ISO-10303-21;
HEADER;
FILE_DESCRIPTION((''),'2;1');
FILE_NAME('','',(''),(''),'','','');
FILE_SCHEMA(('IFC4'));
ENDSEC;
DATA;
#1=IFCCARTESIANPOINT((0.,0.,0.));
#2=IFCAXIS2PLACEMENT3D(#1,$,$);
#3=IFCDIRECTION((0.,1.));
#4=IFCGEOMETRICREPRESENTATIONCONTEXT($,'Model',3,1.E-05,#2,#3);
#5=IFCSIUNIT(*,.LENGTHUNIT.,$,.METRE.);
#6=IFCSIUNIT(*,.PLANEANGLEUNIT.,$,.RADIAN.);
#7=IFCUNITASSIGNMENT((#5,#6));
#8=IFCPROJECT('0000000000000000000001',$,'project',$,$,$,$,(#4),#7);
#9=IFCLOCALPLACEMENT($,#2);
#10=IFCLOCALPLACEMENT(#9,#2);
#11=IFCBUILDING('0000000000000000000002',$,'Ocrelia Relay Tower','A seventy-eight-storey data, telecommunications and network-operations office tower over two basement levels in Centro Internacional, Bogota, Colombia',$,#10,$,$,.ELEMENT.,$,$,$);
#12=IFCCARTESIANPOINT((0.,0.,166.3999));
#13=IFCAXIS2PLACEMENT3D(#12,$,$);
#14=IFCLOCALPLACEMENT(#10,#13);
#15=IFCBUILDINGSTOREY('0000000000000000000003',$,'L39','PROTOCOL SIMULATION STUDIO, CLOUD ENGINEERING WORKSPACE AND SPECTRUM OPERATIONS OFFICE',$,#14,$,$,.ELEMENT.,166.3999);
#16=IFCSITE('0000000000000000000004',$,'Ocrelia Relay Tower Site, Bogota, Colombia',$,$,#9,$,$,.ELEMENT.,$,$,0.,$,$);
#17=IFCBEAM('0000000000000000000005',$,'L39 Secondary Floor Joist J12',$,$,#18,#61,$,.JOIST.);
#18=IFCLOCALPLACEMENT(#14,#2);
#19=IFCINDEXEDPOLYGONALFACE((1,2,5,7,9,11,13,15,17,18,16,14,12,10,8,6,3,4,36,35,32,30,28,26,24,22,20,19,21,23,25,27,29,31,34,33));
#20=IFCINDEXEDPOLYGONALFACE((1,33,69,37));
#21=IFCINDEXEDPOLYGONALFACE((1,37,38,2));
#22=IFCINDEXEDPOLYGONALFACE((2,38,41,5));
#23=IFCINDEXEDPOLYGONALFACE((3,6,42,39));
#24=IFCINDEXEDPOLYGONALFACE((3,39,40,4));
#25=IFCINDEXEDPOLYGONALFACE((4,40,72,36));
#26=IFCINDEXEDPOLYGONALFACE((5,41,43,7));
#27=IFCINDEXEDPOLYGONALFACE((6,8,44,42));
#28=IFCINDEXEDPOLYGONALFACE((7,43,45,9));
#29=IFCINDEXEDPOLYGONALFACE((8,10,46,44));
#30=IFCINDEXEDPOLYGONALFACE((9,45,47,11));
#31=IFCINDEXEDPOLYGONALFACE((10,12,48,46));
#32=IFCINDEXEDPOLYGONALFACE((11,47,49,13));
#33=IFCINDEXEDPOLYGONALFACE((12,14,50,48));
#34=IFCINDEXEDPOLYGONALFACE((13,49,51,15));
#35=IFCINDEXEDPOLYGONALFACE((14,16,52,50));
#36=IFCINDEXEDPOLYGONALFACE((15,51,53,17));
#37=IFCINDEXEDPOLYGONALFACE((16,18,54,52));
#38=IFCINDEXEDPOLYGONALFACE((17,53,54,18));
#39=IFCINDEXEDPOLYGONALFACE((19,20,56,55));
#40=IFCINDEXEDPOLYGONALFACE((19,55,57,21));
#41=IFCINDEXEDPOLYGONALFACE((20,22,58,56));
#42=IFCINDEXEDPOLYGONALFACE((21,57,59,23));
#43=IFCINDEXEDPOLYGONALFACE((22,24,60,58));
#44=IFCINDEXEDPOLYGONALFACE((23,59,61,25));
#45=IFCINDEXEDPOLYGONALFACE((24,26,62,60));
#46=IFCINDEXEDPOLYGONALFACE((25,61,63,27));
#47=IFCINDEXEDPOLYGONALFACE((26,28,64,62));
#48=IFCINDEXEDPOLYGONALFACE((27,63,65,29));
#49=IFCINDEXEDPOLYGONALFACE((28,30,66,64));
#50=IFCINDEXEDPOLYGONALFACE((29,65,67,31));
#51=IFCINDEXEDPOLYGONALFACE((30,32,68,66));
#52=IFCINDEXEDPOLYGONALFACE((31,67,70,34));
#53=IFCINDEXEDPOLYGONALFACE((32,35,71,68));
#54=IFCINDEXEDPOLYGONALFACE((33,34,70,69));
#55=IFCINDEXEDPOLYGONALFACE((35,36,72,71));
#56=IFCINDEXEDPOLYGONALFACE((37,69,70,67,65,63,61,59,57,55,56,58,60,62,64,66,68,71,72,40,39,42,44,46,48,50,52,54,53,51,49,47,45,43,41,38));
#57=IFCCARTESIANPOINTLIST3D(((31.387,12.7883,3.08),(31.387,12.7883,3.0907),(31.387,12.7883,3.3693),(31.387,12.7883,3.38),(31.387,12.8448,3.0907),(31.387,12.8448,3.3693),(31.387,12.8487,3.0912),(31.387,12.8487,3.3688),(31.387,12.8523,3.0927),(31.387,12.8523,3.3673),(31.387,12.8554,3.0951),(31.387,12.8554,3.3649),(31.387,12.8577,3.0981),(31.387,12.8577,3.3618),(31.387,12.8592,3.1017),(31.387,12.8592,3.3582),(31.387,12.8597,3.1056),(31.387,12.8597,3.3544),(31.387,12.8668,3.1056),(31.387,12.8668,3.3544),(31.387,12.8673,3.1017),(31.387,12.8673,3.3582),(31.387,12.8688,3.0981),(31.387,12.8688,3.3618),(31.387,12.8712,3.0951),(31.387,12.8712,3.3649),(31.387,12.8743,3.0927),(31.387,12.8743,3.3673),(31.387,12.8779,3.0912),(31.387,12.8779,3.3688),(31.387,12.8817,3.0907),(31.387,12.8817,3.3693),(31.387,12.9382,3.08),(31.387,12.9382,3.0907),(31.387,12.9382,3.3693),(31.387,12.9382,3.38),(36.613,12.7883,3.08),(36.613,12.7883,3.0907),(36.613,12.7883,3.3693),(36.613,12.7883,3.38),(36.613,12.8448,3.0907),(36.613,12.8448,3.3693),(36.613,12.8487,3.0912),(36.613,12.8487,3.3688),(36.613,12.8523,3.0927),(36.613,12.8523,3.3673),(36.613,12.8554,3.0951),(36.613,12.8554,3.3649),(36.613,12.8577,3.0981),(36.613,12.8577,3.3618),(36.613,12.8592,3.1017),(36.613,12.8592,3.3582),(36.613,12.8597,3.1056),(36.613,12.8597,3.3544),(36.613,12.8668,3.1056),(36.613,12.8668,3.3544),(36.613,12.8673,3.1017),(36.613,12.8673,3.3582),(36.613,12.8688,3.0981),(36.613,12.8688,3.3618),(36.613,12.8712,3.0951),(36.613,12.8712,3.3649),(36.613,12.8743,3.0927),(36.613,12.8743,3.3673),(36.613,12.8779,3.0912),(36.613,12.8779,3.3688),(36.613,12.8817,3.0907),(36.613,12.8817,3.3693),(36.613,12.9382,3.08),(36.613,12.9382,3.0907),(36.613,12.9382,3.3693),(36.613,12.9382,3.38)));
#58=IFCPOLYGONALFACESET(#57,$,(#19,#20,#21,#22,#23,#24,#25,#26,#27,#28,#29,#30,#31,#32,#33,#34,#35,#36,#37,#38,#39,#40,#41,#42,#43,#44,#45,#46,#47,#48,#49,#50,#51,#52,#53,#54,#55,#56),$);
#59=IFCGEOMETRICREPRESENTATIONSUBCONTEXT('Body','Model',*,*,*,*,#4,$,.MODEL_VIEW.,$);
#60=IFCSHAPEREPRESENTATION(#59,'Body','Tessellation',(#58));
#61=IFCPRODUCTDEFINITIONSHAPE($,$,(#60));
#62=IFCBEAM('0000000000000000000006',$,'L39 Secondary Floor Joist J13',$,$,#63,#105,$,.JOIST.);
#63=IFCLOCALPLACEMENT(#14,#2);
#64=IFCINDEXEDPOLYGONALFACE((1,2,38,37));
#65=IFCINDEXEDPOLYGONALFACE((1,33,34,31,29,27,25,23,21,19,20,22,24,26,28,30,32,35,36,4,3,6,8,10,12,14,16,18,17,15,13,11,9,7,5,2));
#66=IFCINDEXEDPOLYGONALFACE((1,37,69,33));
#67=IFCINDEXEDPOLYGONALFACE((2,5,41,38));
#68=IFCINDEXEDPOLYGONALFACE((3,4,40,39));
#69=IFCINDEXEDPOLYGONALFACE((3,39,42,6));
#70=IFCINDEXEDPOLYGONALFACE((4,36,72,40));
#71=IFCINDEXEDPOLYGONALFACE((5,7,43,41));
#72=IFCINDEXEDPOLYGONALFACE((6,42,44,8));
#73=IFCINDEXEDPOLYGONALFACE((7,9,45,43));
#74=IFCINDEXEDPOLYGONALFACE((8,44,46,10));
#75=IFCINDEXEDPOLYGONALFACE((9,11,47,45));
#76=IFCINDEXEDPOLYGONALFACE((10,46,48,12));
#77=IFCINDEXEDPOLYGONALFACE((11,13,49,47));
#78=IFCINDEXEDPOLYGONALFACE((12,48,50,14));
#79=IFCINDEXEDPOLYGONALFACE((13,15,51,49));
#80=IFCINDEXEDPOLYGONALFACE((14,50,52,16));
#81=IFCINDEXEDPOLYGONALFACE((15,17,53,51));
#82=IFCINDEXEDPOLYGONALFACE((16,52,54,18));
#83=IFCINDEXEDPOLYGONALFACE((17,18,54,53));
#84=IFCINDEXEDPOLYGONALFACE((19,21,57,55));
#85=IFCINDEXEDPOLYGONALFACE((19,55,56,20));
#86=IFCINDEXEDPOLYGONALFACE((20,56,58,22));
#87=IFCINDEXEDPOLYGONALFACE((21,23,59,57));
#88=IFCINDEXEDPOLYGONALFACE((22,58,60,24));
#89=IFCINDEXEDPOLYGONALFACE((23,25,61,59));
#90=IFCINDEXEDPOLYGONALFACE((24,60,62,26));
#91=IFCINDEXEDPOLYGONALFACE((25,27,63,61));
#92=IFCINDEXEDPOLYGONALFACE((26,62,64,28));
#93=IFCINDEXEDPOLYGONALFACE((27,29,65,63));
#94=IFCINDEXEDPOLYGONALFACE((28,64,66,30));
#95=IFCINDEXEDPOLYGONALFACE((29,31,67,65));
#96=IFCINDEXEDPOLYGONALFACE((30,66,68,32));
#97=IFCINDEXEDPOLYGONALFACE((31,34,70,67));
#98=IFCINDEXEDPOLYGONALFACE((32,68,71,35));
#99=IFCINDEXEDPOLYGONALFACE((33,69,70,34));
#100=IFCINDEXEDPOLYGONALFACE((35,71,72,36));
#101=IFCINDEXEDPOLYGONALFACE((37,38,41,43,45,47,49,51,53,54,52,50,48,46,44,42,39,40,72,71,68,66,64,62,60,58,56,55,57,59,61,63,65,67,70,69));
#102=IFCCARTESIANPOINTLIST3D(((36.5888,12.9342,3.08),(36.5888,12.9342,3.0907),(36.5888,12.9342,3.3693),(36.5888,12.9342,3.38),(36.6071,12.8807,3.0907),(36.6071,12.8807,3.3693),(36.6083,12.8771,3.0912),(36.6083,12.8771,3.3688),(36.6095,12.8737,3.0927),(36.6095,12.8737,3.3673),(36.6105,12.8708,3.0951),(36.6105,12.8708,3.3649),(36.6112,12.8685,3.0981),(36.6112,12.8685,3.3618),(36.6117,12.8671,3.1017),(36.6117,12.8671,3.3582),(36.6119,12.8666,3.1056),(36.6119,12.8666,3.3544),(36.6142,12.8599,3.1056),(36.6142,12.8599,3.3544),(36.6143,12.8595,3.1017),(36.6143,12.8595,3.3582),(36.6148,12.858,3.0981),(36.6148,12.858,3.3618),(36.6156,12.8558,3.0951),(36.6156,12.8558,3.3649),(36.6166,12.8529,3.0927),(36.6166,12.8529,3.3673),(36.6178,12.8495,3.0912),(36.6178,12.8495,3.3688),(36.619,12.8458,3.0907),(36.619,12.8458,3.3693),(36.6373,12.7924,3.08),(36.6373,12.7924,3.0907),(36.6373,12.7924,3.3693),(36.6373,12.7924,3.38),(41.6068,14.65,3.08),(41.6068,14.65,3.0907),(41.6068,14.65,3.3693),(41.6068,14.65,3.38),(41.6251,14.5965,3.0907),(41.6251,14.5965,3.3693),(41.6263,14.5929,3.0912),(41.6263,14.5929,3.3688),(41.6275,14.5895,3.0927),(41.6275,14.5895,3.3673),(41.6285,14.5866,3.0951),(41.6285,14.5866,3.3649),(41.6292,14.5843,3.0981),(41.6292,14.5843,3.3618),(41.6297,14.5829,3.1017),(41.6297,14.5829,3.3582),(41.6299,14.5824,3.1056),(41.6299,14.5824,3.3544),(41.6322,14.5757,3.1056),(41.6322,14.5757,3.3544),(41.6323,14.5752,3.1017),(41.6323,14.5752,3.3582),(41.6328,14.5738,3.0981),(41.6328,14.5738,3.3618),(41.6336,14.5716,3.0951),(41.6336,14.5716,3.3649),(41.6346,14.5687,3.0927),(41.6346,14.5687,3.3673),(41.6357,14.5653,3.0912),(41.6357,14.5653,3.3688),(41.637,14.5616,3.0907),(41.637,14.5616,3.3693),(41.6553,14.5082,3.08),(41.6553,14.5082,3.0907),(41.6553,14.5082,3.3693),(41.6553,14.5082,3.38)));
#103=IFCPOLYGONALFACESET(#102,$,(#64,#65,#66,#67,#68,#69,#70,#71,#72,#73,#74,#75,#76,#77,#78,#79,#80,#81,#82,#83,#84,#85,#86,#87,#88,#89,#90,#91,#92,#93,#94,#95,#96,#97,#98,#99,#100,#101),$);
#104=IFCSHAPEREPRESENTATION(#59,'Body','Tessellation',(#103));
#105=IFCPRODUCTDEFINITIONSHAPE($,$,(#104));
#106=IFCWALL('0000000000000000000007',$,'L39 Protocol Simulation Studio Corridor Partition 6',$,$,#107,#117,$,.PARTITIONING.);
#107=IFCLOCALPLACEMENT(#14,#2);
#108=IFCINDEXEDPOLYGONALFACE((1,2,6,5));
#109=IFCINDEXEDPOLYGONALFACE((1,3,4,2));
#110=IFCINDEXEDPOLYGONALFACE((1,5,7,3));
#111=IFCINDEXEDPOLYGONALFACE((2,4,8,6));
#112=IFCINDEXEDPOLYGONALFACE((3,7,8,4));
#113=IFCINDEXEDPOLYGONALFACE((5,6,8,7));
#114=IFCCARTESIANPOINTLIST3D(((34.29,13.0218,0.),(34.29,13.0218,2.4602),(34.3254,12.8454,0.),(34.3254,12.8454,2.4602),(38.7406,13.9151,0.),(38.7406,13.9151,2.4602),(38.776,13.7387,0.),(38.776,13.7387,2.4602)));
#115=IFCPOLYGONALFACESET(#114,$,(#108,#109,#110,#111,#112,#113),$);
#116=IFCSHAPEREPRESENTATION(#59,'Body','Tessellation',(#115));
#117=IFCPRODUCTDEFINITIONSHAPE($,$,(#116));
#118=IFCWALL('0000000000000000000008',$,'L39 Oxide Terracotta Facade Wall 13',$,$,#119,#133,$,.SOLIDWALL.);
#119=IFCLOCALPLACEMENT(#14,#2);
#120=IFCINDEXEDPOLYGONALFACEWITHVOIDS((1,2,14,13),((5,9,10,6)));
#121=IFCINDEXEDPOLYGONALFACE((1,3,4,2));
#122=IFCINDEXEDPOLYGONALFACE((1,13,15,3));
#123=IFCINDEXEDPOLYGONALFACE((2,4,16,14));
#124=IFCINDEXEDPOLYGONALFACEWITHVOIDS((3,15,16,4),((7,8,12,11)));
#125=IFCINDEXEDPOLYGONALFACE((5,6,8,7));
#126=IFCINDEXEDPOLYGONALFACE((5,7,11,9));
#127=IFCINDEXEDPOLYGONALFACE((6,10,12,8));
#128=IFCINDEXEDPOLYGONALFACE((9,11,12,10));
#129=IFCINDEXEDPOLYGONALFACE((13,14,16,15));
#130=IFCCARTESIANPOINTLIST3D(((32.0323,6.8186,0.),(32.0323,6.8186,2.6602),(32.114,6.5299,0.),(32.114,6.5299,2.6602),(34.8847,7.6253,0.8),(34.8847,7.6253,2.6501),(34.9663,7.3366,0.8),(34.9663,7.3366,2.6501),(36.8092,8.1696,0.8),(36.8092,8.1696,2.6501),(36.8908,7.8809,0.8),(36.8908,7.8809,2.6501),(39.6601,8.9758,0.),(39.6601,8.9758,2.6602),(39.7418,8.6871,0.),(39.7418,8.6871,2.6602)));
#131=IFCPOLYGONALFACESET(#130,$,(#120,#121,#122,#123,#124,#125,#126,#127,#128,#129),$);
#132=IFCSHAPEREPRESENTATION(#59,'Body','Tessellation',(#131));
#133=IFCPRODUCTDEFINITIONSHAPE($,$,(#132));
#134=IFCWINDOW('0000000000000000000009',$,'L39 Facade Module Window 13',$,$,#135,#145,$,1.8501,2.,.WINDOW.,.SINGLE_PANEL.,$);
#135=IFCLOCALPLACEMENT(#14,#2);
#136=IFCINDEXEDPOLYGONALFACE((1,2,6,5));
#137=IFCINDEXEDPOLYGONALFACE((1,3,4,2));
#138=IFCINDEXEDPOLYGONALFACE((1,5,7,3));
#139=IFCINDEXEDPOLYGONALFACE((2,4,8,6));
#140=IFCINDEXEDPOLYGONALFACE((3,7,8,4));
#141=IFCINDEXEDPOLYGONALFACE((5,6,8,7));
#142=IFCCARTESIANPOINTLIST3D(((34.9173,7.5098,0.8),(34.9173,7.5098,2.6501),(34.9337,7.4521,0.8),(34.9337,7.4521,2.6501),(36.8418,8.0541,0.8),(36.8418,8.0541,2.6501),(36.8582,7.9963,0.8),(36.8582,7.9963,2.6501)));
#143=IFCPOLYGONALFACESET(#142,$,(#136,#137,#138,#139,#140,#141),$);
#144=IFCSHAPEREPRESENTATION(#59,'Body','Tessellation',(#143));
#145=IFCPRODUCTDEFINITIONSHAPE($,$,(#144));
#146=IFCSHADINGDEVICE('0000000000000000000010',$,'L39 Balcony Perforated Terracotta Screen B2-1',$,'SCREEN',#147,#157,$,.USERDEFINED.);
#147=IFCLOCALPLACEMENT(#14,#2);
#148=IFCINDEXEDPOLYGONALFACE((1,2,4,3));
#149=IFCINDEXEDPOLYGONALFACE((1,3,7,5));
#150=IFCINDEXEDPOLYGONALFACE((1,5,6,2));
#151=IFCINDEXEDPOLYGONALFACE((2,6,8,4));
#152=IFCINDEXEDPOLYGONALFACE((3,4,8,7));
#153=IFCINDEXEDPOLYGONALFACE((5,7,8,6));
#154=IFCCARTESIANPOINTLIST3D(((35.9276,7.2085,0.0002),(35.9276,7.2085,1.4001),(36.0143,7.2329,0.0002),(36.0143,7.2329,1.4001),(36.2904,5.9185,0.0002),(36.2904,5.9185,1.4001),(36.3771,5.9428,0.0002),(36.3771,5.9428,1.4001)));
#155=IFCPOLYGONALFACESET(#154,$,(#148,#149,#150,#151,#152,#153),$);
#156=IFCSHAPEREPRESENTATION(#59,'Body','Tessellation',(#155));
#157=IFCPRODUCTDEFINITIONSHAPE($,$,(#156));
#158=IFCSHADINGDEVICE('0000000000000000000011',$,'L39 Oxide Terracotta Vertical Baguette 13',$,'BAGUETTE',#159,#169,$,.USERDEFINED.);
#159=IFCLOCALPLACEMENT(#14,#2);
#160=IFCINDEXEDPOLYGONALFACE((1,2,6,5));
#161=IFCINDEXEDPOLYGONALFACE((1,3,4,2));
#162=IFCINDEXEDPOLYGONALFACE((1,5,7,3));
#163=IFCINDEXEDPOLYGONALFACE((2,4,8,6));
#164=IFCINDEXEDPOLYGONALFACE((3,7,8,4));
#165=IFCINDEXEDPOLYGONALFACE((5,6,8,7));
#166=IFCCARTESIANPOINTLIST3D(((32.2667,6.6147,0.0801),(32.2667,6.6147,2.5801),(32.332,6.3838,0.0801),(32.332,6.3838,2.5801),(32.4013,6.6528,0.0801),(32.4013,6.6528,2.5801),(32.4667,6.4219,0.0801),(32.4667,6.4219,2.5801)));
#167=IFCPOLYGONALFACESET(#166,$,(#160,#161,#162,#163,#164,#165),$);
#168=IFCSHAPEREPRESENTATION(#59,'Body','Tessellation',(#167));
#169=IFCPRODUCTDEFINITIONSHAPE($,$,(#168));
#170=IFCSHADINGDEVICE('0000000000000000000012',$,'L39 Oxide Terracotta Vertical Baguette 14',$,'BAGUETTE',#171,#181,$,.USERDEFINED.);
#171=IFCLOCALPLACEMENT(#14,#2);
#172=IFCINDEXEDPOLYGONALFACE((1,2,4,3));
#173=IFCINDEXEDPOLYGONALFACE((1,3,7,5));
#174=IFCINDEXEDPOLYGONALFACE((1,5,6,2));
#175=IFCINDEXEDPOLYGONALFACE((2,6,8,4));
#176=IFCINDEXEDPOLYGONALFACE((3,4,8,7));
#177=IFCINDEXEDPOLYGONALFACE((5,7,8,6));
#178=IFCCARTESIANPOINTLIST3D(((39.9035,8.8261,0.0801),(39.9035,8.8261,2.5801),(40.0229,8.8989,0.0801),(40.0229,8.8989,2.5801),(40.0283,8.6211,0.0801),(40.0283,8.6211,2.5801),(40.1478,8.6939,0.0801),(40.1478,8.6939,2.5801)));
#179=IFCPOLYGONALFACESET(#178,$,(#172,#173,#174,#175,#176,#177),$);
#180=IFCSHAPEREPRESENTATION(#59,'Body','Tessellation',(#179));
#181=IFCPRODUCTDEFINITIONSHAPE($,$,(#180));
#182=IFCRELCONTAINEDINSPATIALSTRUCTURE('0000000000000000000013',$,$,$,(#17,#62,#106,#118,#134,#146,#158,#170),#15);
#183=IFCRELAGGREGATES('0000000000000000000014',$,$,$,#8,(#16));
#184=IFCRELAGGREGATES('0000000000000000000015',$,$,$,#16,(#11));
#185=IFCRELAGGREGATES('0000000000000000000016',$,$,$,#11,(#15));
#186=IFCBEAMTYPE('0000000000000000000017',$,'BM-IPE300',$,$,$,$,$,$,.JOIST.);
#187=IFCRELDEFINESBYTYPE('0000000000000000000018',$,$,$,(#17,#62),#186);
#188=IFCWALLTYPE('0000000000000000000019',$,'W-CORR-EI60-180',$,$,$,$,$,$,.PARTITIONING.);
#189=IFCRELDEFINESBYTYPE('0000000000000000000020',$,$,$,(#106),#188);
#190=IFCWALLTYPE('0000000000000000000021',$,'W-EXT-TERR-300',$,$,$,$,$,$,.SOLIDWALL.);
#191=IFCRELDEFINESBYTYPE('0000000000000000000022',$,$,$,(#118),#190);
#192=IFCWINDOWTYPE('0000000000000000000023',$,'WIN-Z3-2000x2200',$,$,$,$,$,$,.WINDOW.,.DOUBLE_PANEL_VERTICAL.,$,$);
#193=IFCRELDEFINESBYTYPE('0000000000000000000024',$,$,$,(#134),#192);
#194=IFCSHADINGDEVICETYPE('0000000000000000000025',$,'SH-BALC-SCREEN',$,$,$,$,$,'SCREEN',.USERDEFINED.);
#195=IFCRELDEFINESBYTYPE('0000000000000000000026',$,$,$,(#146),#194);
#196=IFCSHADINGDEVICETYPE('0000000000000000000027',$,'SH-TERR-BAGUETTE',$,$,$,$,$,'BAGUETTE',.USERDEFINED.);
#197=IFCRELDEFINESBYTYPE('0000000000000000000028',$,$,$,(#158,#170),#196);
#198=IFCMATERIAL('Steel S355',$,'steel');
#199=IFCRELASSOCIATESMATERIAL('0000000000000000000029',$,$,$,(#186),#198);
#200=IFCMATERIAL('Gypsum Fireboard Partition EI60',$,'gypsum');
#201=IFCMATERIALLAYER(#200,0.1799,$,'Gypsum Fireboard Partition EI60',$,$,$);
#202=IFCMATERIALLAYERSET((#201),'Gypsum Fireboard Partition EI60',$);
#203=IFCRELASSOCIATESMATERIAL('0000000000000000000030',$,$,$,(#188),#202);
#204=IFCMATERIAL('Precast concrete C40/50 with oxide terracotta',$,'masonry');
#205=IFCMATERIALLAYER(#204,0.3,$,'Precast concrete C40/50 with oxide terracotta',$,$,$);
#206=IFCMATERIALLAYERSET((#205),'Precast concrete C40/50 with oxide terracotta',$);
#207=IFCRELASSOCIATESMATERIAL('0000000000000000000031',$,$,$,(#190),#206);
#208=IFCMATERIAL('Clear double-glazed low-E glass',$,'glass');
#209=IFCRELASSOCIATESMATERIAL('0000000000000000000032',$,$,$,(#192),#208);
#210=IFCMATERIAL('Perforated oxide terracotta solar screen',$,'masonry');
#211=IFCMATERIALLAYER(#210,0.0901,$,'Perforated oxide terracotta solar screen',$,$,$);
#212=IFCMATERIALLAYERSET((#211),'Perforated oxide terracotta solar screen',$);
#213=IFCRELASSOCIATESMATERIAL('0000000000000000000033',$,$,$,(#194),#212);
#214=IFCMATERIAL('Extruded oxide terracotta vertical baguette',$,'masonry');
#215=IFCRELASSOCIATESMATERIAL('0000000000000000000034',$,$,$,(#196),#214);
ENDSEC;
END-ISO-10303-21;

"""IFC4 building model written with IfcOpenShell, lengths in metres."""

from ifc_helpers import new_model, si_unit, direction, frame, frame_2d, origin, origin_2d, place, context, subcontext, project, spatial, rectangle, i_section, extrude, material, layer, layer_set, material_profile, profile_set, type_object, element, fill, save


model = new_model("IFC4")

# Units and contexts
model_context = context("Model", 3, precision=1e-05, world=origin(), true_north=direction((0.0, 1.0)))
body_context = subcontext(model_context, "Body", "Model", "MODEL_VIEW")
ifc_project = project(units=[si_unit("LENGTHUNIT", "METRE"), si_unit("PLANEANGLEUNIT", "RADIAN")], contexts=[model_context])

# Site, building, storey
site_placement = place(None, origin())
site = spatial("IfcSite", under=ifc_project, at=site_placement, Name="Ocrelia Relay Tower Site, Bogota, Colombia", CompositionType="ELEMENT", RefElevation=0.0)
building_placement = place(site_placement, origin())
building = spatial("IfcBuilding", under=site, at=building_placement, Name="Ocrelia Relay Tower", Description="A seventy-eight-storey data, telecommunications and network-operations office tower over two basement levels in Centro Internacional, Bogota, Colombia", CompositionType="ELEMENT")
storey_placement = place(building_placement, frame((0.0, 0.0, 166.3999)))
storey = spatial("IfcBuildingStorey", under=building, at=storey_placement, Name="L39", Description="PROTOCOL SIMULATION STUDIO, CLOUD ENGINEERING WORKSPACE AND SPECTRUM OPERATIONS OFFICE", CompositionType="ELEMENT", Elevation=166.3999)

# Beams
ifc_material_1 = material(Name="Steel S355", Category="steel")
ifc_material_profile_1 = material_profile(ifc_material_1, i_section(OverallWidth=0.1499, OverallDepth=0.3, WebThickness=0.0071, FlangeThickness=0.0107, FilletRadius=0.0149, at=origin_2d()), Name="IPE 300")
ifc_profile_set_1 = profile_set([ifc_material_profile_1], Name="Steel S355")
beam_type_1 = type_object("IfcBeamType", Name="BM-IPE300", PredefinedType="JOIST", material=ifc_profile_set_1)
beam_1_placement = place(storey_placement, frame((31.387, 12.8633, 3.23), z_axis=(1.0, 0.0, 0.0), x_axis=(0.0, 1.0, 0.0)))
element("IfcBeam", 1, at=beam_1_placement, inside=storey, type_object=beam_type_1, Name="L39 Secondary Floor Joist J12", PredefinedType="JOIST", context=body_context, shape_type="SweptSolid", body=[
    extrude(i_section(OverallWidth=0.1499, OverallDepth=0.3, WebThickness=0.0071, FlangeThickness=0.0107, FilletRadius=0.0149, at=origin_2d()), origin(), (0.0, 0.0, 1.0), 5.2261),
])
beam_2_placement = place(storey_placement, frame((36.613, 12.8633, 3.23), z_axis=(0.946215, 0.323538, 0.0), x_axis=(-0.323538, 0.946215, 0.0)))
element("IfcBeam", 2, at=beam_2_placement, inside=storey, type_object=beam_type_1, Name="L39 Secondary Floor Joist J13", PredefinedType="JOIST", context=body_context, shape_type="SweptSolid", body=[
    extrude(i_section(OverallWidth=0.1499, OverallDepth=0.3, WebThickness=0.0071, FlangeThickness=0.0107, FilletRadius=0.0149, at=origin_2d()), origin(), (0.0, 0.0, 1.0), 5.3032),
])

# Wall
ifc_material_2 = material(Name="Gypsum Fireboard Partition EI60", Category="gypsum")
ifc_layer_1 = layer(ifc_material_2, 0.1799, Name="Gypsum Fireboard Partition EI60")
ifc_layer_set_1 = layer_set([ifc_layer_1], Name="Gypsum Fireboard Partition EI60")
wall_type_1 = type_object("IfcWallType", Name="W-CORR-EI60-180", PredefinedType="PARTITIONING", material=ifc_layer_set_1)
wall_1_placement = place(storey_placement, frame((34.3079, 12.9336, 0.0), z_axis=(0.0, 0.0, 1.0), x_axis=(0.980444, 0.196799, 0.0)))
element("IfcWall", 3, at=wall_1_placement, inside=storey, type_object=wall_type_1, Name="L39 Protocol Simulation Studio Corridor Partition 6", PredefinedType="PARTITIONING", context=body_context, shape_type="SweptSolid", body=[
    extrude(rectangle(XDim=4.5393, YDim=0.1799, at=frame_2d((2.2695, 0.0))), origin(), (0.0, 0.0, 1.0), 2.4602),
])

# Wall, opening, window
ifc_material_3 = material(Name="Precast concrete C40/50 with oxide terracotta", Category="masonry")
ifc_layer_2 = layer(ifc_material_3, 0.3, Name="Precast concrete C40/50 with oxide terracotta")
ifc_layer_set_2 = layer_set([ifc_layer_2], Name="Precast concrete C40/50 with oxide terracotta")
wall_type_2 = type_object("IfcWallType", Name="W-EXT-TERR-300", PredefinedType="SOLIDWALL", material=ifc_layer_set_2)
wall_2_placement = place(storey_placement, frame((32.0732, 6.6743, 0.0), z_axis=(0.0, 0.0, 1.0), x_axis=(0.96226, 0.272133, 0.0)))
wall_2 = element("IfcWall", 4, at=wall_2_placement, inside=storey, type_object=wall_type_2, Name="L39 Oxide Terracotta Facade Wall 13", PredefinedType="SOLIDWALL", context=body_context, shape_type="SweptSolid", body=[
    extrude(rectangle(XDim=7.927, YDim=0.3, at=frame_2d((3.9634, 0.0))), origin(), (0.0, 0.0, 1.0), 2.6602),
])
opening_1_placement = place(wall_2_placement, frame((2.9641, 0.0, 0.8)))
opening_1 = element("IfcOpeningElement", 5, at=opening_1_placement, cuts=wall_2, PredefinedType="OPENING", context=body_context, shape_type="SweptSolid", body=[
    extrude(rectangle(XDim=2.0, YDim=1.8501, at=frame_2d((1.0, 0.925))), frame((0.0, 0.1602, 0.0), z_axis=(0.0, -1.0, 0.0), x_axis=(1.0, 0.0, 0.0)), (0.0, 0.0, 1.0), 0.3201),
])
ifc_material_4 = material(Name="Clear double-glazed low-E glass", Category="glass")
window_type = type_object("IfcWindowType", Name="WIN-Z3-2000x2200", PartitioningType="DOUBLE_PANEL_VERTICAL", PredefinedType="WINDOW", material=ifc_material_4)
window_placement = place(opening_1_placement, origin())
window = element("IfcWindow", 6, at=window_placement, inside=storey, type_object=window_type, Name="L39 Facade Module Window 13", OverallHeight=1.8501, OverallWidth=2.0, PartitioningType="SINGLE_PANEL", PredefinedType="WINDOW", context=body_context, shape_type="SweptSolid", body=[
    extrude(rectangle(XDim=2.0, YDim=1.8501, at=frame_2d((1.0, 0.925))), frame((0.0, 0.03, 0.0), z_axis=(0.0, -1.0, 0.0), x_axis=(1.0, 0.0, 0.0)), (0.0, 0.0, 1.0), 0.0601),
])
fill(opening_1, window)

# Shading devices
ifc_material_5 = material(Name="Perforated oxide terracotta solar screen", Category="masonry")
ifc_layer_3 = layer(ifc_material_5, 0.0901, Name="Perforated oxide terracotta solar screen")
ifc_layer_set_3 = layer_set([ifc_layer_3], Name="Perforated oxide terracotta solar screen")
shading_device_type_1 = type_object("IfcShadingDeviceType", Name="SH-BALC-SCREEN", ElementType="SCREEN", PredefinedType="USERDEFINED", material=ifc_layer_set_3)
shading_device_1_placement = place(storey_placement, frame((36.1523, 6.5757, 0.0002), z_axis=(0.0, 0.0, 1.0), x_axis=(0.2707, -0.962664, 0.0)))
element("IfcShadingDevice", 7, at=shading_device_1_placement, inside=storey, type_object=shading_device_type_1, Name="L39 Balcony Perforated Terracotta Screen B2-1", ObjectType="SCREEN", PredefinedType="USERDEFINED", context=body_context, shape_type="SweptSolid", body=[
    extrude(rectangle(XDim=1.3401, YDim=0.0901, at=origin_2d()), origin(), (0.0, 0.0, 1.0), 1.3999),
])
ifc_material_6 = material(Name="Extruded oxide terracotta vertical baguette", Category="masonry")
shading_device_type_2 = type_object("IfcShadingDeviceType", Name="SH-TERR-BAGUETTE", ElementType="BAGUETTE", PredefinedType="USERDEFINED", material=ifc_material_6)
for number, where, z_axis, x_axis, name in (
    (8, (32.3667, 6.5183, 0.0801), (0.0, 0.0, 1.0), (0.962257, 0.272143, 0.0), "L39 Oxide Terracotta Vertical Baguette 13"),
    (9, (40.0256, 8.76, 0.0801), (0.0, 0.0, 1.0), (0.854003, 0.520267, 0.0), "L39 Oxide Terracotta Vertical Baguette 14"),
):
    element("IfcShadingDevice", number, at=place(storey_placement, frame(where, z_axis=z_axis, x_axis=x_axis)), inside=storey, type_object=shading_device_type_2, Name=name, ObjectType="BAGUETTE", PredefinedType="USERDEFINED", context=body_context, shape_type="SweptSolid", body=[
        extrude(rectangle(XDim=0.1399, YDim=0.24, at=origin_2d()), origin(), (0.0, 0.0, 1.0), 2.5),
    ])

save(model, "model.ifc")
